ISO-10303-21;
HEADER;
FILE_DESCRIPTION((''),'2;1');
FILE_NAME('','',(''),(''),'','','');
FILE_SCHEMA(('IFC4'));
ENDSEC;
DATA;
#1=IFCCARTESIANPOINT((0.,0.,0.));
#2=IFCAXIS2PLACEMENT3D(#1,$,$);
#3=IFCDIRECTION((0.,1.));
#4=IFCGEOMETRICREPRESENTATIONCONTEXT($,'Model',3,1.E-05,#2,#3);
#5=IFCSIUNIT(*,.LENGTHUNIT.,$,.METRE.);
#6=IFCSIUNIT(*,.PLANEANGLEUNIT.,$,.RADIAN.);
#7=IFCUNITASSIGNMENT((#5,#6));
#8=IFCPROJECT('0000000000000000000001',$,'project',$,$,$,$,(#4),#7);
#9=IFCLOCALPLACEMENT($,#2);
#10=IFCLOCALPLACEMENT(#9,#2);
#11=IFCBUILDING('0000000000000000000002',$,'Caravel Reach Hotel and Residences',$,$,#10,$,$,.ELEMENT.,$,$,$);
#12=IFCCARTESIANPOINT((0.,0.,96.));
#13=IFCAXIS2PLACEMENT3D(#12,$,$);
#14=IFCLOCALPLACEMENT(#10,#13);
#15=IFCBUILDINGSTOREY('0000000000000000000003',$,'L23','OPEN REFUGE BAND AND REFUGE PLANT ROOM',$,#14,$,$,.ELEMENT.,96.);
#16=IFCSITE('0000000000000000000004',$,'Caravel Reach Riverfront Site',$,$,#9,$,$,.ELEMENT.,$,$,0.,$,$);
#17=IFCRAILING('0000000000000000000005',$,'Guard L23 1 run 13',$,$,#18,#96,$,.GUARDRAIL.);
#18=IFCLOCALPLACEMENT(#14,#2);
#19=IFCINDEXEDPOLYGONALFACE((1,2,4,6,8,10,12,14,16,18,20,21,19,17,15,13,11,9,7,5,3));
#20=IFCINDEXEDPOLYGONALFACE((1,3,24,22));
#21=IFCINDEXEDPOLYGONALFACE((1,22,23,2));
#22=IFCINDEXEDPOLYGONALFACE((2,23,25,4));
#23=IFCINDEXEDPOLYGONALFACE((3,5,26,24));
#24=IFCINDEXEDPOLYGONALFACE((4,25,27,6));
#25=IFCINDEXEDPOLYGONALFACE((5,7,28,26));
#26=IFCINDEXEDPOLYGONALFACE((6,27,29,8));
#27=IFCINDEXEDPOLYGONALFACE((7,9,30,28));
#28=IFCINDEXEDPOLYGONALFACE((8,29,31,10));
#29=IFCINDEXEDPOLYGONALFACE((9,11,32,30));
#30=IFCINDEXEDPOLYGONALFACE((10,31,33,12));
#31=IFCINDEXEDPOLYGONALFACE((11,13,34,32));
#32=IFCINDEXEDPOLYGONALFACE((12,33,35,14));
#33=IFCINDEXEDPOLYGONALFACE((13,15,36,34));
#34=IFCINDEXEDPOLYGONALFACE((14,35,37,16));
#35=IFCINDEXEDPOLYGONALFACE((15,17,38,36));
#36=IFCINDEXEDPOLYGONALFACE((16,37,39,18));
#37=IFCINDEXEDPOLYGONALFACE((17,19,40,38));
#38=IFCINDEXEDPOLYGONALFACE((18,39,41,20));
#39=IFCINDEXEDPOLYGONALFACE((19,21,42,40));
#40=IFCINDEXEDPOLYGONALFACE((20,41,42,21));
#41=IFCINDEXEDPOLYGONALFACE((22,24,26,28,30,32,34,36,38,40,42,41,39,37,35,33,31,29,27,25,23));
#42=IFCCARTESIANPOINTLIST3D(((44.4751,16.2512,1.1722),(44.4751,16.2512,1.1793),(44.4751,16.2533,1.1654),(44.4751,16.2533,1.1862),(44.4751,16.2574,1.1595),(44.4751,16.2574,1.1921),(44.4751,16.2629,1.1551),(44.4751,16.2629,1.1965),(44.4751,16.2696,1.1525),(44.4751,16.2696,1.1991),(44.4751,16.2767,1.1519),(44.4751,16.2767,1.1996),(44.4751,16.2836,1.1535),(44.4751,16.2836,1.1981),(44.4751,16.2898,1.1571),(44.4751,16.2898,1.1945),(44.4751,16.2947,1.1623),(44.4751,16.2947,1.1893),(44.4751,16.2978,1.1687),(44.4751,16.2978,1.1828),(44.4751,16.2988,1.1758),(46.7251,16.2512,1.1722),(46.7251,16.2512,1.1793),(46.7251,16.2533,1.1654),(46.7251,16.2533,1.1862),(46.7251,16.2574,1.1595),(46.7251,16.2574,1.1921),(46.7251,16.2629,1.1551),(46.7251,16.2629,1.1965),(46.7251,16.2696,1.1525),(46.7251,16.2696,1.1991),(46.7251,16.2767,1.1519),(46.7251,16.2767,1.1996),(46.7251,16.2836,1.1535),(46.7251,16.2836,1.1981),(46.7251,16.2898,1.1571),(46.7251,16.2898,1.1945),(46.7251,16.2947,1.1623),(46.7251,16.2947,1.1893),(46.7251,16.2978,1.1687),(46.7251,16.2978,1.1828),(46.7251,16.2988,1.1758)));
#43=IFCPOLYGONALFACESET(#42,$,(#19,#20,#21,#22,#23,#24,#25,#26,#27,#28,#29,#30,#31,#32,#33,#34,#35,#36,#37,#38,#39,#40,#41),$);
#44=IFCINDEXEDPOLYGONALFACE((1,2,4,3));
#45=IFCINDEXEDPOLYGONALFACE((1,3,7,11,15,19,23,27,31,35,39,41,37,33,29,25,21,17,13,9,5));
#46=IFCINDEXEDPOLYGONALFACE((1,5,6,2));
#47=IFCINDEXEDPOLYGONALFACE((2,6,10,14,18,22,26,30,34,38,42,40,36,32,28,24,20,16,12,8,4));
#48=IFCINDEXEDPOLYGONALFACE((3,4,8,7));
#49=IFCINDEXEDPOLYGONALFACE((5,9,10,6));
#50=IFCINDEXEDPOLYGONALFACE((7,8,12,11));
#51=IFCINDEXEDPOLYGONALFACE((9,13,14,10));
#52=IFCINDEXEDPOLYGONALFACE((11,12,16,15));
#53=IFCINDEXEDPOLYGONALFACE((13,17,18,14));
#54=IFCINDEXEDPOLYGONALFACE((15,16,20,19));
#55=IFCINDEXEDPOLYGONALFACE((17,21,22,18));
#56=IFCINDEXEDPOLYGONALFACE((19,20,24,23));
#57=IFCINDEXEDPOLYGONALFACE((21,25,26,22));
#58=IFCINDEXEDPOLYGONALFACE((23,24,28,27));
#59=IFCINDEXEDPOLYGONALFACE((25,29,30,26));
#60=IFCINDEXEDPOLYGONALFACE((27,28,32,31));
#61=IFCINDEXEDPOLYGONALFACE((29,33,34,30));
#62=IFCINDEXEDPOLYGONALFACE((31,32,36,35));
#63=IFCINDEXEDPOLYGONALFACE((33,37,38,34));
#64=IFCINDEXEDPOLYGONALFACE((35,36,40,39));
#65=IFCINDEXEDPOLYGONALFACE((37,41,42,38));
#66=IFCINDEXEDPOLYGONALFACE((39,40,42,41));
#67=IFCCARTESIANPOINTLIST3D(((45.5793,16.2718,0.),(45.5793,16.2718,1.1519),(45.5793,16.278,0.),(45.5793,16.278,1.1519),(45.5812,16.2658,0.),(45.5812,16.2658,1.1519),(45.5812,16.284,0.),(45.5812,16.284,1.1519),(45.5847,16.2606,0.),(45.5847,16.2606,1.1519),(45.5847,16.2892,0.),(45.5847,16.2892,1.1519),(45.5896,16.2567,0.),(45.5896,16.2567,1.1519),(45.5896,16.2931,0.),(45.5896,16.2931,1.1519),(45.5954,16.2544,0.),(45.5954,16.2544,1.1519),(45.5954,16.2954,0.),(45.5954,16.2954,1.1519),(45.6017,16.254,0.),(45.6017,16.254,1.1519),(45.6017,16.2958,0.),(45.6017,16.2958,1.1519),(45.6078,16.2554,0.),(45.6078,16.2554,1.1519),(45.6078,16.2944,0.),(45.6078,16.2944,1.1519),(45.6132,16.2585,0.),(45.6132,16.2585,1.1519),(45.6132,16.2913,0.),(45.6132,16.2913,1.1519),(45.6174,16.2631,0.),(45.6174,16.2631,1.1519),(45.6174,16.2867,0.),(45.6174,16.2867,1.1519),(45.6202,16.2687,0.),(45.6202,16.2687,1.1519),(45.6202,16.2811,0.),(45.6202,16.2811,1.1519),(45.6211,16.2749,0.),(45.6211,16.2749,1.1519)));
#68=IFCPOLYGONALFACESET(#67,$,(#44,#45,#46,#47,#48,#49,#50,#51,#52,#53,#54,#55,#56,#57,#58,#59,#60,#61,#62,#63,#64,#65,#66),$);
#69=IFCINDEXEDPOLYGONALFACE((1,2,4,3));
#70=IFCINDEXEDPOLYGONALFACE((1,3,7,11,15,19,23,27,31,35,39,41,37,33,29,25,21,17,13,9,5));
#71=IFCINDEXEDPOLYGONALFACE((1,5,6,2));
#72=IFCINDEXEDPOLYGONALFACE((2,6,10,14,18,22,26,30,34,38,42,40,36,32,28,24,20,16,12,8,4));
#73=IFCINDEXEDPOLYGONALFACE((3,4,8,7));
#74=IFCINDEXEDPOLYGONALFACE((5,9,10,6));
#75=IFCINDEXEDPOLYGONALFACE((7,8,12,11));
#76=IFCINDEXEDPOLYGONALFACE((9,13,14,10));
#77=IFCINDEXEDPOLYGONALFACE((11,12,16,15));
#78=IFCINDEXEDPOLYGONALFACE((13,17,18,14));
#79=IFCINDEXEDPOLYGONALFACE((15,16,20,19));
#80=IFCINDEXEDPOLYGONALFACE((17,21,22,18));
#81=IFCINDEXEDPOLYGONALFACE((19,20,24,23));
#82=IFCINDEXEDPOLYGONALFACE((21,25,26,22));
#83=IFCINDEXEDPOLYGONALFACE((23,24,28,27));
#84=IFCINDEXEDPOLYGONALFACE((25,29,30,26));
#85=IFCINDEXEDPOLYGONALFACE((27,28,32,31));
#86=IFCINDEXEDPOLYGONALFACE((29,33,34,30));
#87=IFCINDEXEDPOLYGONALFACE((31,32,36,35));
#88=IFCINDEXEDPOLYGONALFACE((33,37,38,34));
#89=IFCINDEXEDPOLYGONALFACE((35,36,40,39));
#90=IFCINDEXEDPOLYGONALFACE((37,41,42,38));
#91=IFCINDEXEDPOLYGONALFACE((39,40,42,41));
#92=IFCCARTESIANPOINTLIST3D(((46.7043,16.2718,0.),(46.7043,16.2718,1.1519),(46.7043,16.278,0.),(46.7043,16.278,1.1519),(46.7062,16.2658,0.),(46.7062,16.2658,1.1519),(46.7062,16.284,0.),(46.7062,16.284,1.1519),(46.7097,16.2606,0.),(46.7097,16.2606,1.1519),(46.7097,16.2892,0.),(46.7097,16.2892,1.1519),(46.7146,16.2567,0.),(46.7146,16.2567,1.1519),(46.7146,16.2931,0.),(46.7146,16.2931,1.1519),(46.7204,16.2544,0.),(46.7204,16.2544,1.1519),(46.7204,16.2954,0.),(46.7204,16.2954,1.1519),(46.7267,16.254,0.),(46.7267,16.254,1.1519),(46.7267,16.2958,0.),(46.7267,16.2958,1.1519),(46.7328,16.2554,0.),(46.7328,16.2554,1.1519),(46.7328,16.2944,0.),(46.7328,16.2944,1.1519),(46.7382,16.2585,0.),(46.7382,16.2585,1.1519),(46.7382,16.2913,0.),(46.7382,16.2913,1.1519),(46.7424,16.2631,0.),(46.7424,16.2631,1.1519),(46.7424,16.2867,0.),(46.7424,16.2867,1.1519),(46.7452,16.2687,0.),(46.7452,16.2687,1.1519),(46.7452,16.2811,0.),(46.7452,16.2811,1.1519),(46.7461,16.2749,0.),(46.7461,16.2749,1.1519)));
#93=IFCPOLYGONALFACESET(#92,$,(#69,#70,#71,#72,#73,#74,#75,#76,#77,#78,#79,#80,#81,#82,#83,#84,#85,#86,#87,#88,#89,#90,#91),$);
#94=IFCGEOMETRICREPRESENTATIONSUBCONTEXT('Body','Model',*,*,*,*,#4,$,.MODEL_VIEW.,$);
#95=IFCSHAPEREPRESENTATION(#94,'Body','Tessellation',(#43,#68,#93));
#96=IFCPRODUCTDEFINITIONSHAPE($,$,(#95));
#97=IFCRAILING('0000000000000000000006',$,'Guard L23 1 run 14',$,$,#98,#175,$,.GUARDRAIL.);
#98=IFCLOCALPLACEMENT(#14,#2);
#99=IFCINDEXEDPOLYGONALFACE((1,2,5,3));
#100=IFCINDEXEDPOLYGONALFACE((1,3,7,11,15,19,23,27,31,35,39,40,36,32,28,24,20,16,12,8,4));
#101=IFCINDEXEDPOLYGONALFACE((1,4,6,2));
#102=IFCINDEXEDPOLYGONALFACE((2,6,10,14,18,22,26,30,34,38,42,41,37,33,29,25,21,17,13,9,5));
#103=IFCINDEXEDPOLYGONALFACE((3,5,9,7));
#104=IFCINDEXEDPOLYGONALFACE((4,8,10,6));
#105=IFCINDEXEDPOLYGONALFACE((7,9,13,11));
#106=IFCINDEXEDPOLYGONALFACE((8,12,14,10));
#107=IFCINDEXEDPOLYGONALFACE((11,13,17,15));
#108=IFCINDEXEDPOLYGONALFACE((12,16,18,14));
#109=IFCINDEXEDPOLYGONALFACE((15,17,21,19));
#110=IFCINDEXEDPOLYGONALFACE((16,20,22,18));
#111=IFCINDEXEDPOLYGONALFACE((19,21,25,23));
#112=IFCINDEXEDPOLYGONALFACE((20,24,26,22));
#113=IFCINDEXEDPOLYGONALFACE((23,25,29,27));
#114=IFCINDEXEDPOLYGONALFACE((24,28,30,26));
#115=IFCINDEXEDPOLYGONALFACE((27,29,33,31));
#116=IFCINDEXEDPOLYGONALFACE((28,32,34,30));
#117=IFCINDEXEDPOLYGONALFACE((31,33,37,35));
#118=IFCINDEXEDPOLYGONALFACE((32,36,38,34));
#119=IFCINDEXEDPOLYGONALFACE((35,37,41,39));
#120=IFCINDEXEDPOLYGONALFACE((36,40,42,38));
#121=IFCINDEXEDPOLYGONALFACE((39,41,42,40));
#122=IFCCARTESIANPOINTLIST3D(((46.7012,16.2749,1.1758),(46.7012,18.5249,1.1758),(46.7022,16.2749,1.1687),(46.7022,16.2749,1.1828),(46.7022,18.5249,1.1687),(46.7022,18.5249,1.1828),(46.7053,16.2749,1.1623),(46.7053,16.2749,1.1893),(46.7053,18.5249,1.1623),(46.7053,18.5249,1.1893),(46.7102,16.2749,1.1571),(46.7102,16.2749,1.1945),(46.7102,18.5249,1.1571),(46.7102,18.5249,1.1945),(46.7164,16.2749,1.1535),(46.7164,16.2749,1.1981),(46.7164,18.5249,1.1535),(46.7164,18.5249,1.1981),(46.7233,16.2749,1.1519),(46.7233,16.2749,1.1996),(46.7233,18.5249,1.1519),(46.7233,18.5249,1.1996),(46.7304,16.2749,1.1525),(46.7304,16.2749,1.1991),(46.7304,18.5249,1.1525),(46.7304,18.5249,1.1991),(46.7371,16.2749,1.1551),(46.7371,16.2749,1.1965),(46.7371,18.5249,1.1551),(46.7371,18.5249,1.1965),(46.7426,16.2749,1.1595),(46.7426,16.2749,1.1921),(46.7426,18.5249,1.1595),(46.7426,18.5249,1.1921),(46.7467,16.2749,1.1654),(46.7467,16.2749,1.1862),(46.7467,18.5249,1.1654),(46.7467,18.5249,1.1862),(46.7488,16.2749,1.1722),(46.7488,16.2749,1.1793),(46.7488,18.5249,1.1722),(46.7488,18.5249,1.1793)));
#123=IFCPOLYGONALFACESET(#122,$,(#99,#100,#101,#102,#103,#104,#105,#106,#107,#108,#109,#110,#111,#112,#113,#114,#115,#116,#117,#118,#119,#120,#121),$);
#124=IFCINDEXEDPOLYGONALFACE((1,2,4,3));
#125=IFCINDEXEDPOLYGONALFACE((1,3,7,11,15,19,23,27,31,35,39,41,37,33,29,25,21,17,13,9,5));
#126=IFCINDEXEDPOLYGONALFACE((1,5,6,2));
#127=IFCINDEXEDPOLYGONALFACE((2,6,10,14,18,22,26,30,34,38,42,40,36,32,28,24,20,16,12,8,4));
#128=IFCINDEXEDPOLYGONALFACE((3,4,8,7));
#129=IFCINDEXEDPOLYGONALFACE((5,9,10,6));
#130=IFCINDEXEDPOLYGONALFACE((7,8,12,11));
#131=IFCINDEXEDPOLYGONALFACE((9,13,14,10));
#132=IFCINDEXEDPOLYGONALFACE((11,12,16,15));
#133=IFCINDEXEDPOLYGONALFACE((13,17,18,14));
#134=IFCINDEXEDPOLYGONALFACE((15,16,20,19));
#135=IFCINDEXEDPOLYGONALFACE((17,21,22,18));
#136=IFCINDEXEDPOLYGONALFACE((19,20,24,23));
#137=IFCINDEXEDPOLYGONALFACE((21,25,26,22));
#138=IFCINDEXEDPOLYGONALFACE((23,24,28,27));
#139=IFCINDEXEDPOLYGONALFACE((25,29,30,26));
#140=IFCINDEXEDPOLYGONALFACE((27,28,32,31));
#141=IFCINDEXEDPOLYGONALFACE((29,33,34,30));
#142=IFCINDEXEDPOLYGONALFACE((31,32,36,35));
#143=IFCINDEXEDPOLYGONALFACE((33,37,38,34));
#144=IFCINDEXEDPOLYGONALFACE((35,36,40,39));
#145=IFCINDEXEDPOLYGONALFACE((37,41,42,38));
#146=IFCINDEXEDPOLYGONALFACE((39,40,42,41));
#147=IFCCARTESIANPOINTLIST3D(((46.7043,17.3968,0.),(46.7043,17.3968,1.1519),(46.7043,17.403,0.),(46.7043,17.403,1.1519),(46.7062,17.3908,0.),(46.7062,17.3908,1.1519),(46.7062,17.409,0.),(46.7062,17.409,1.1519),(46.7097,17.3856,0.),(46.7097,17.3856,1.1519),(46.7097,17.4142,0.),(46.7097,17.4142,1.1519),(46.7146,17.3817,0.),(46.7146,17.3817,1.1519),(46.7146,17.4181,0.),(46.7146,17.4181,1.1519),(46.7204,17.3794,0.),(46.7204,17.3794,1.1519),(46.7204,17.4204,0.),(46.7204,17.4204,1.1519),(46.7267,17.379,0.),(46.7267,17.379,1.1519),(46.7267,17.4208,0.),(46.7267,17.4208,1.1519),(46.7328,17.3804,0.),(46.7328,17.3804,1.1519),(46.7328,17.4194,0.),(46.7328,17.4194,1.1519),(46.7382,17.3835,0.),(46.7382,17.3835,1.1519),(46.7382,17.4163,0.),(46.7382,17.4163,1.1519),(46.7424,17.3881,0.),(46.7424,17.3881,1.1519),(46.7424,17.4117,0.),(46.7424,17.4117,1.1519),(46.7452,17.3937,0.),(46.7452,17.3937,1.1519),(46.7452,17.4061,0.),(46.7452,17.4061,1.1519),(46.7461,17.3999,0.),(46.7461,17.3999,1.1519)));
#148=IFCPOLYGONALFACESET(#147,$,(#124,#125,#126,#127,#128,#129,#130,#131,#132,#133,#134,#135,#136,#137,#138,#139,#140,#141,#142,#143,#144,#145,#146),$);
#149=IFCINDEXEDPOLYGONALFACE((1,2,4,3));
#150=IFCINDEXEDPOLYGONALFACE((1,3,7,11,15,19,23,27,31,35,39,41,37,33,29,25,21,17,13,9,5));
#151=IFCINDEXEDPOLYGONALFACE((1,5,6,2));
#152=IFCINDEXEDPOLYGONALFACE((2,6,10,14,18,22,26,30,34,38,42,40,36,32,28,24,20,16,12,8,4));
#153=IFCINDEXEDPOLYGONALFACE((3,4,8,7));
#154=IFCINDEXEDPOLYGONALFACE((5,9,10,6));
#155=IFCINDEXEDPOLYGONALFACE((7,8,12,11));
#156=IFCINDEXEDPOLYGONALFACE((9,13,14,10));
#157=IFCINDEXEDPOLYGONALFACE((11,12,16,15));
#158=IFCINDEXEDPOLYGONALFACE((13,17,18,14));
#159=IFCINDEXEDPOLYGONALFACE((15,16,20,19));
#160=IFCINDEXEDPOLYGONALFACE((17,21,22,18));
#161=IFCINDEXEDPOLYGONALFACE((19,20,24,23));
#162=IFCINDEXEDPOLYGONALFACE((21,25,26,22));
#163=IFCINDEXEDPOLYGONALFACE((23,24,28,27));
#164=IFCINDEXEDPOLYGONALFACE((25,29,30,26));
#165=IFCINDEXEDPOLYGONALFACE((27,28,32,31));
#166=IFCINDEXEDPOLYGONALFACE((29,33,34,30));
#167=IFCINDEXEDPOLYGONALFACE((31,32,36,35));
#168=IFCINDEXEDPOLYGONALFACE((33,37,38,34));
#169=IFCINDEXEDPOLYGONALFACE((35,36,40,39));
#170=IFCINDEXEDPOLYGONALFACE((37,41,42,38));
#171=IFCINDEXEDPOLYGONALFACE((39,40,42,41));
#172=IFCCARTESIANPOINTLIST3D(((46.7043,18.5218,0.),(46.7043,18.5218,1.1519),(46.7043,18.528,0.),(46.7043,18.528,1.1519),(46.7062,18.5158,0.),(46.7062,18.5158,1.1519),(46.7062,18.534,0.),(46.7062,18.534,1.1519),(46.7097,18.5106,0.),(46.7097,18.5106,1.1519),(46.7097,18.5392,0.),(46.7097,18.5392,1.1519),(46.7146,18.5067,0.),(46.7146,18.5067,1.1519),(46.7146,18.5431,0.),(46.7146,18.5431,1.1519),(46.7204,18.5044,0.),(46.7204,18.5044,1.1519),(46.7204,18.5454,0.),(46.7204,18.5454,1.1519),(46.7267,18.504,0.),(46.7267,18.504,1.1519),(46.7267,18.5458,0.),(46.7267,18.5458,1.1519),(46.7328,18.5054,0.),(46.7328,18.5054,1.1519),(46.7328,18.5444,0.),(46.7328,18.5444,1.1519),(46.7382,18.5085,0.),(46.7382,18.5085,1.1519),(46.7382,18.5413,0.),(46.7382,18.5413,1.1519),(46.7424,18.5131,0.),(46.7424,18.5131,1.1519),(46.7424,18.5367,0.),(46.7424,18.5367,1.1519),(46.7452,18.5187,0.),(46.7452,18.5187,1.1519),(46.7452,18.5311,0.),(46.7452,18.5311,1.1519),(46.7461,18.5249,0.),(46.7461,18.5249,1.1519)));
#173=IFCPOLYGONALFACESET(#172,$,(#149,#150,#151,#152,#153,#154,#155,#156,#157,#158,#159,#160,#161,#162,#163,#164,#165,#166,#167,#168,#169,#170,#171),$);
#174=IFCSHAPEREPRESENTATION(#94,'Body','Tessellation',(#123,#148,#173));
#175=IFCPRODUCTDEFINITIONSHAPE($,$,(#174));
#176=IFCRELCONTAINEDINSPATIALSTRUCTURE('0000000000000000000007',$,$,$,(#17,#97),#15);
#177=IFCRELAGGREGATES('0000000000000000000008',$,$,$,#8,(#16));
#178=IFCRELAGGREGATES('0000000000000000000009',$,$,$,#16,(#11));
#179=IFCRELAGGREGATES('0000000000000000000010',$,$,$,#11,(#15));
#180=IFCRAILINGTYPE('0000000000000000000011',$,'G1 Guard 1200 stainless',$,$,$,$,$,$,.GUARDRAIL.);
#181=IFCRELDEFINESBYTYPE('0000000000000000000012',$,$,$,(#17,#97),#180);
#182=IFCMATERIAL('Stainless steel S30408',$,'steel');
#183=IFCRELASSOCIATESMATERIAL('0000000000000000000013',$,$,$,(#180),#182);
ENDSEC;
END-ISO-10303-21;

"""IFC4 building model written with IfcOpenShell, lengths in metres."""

from ifc_helpers import new_model, si_unit, direction, frame, origin, origin_2d, place, context, subcontext, project, spatial, circle, extrude, material, type_object, element, save


model = new_model("IFC4")

# Units and contexts
model_context = context("Model", 3, precision=1e-05, world=origin(), true_north=direction((0.0, 1.0)))
body_context = subcontext(model_context, "Body", "Model", "MODEL_VIEW")
ifc_project = project(units=[si_unit("LENGTHUNIT", "METRE"), si_unit("PLANEANGLEUNIT", "RADIAN")], contexts=[model_context])

# Site, building, storey
site_placement = place(None, origin())
site = spatial("IfcSite", under=ifc_project, at=site_placement, Name="Caravel Reach Riverfront Site", CompositionType="ELEMENT", RefElevation=0.0)
building_placement = place(site_placement, origin())
building = spatial("IfcBuilding", under=site, at=building_placement, Name="Caravel Reach Hotel and Residences", CompositionType="ELEMENT")
storey_placement = place(building_placement, frame((0.0, 0.0, 96.0)))
storey = spatial("IfcBuildingStorey", under=building, at=storey_placement, Name="L23", Description="OPEN REFUGE BAND AND REFUGE PLANT ROOM", CompositionType="ELEMENT", Elevation=96.0)

# Railings
ifc_material_1 = material(Name="Stainless steel S30408", Category="steel")
railing_type_1 = type_object("IfcRailingType", Name="G1 Guard 1200 stainless", PredefinedType="GUARDRAIL", material=ifc_material_1)
railing_1_placement = place(storey_placement, frame((44.4751, 16.2749, 0.0)))
element("IfcRailing", 1, at=railing_1_placement, inside=storey, type_object=railing_type_1, Name="Guard L23 1 run 13", PredefinedType="GUARDRAIL", context=body_context, shape_type="SweptSolid", body=[
    extrude(circle(Radius=0.0239, at=origin_2d()), frame((0.0, 0.0, 1.1758), z_axis=(1.0, 0.0, 0.0), x_axis=(0.0, 1.0, 0.0)), (0.0, 0.0, 1.0), 2.25),
    extrude(circle(Radius=0.021, at=origin_2d()), frame((1.125, 0.0, 0.0)), (0.0, 0.0, 1.0), 1.1519),
    extrude(circle(Radius=0.021, at=origin_2d()), frame((2.25, 0.0, 0.0)), (0.0, 0.0, 1.0), 1.1519),
])
railing_2_placement = place(storey_placement, frame((46.7251, 16.2749, 0.0)))
element("IfcRailing", 2, at=railing_2_placement, inside=storey, type_object=railing_type_1, Name="Guard L23 1 run 14", PredefinedType="GUARDRAIL", context=body_context, shape_type="SweptSolid", body=[
    extrude(circle(Radius=0.0239, at=origin_2d()), frame((0.0, 0.0, 1.1758), z_axis=(0.0, 1.0, 0.0), x_axis=(-1.0, 0.0, 0.0)), (0.0, 0.0, 1.0), 2.25),
    extrude(circle(Radius=0.021, at=origin_2d()), frame((0.0, 1.125, 0.0)), (0.0, 0.0, 1.0), 1.1519),
    extrude(circle(Radius=0.021, at=origin_2d()), frame((0.0, 2.25, 0.0)), (0.0, 0.0, 1.0), 1.1519),
])

save(model, "model.ifc")
